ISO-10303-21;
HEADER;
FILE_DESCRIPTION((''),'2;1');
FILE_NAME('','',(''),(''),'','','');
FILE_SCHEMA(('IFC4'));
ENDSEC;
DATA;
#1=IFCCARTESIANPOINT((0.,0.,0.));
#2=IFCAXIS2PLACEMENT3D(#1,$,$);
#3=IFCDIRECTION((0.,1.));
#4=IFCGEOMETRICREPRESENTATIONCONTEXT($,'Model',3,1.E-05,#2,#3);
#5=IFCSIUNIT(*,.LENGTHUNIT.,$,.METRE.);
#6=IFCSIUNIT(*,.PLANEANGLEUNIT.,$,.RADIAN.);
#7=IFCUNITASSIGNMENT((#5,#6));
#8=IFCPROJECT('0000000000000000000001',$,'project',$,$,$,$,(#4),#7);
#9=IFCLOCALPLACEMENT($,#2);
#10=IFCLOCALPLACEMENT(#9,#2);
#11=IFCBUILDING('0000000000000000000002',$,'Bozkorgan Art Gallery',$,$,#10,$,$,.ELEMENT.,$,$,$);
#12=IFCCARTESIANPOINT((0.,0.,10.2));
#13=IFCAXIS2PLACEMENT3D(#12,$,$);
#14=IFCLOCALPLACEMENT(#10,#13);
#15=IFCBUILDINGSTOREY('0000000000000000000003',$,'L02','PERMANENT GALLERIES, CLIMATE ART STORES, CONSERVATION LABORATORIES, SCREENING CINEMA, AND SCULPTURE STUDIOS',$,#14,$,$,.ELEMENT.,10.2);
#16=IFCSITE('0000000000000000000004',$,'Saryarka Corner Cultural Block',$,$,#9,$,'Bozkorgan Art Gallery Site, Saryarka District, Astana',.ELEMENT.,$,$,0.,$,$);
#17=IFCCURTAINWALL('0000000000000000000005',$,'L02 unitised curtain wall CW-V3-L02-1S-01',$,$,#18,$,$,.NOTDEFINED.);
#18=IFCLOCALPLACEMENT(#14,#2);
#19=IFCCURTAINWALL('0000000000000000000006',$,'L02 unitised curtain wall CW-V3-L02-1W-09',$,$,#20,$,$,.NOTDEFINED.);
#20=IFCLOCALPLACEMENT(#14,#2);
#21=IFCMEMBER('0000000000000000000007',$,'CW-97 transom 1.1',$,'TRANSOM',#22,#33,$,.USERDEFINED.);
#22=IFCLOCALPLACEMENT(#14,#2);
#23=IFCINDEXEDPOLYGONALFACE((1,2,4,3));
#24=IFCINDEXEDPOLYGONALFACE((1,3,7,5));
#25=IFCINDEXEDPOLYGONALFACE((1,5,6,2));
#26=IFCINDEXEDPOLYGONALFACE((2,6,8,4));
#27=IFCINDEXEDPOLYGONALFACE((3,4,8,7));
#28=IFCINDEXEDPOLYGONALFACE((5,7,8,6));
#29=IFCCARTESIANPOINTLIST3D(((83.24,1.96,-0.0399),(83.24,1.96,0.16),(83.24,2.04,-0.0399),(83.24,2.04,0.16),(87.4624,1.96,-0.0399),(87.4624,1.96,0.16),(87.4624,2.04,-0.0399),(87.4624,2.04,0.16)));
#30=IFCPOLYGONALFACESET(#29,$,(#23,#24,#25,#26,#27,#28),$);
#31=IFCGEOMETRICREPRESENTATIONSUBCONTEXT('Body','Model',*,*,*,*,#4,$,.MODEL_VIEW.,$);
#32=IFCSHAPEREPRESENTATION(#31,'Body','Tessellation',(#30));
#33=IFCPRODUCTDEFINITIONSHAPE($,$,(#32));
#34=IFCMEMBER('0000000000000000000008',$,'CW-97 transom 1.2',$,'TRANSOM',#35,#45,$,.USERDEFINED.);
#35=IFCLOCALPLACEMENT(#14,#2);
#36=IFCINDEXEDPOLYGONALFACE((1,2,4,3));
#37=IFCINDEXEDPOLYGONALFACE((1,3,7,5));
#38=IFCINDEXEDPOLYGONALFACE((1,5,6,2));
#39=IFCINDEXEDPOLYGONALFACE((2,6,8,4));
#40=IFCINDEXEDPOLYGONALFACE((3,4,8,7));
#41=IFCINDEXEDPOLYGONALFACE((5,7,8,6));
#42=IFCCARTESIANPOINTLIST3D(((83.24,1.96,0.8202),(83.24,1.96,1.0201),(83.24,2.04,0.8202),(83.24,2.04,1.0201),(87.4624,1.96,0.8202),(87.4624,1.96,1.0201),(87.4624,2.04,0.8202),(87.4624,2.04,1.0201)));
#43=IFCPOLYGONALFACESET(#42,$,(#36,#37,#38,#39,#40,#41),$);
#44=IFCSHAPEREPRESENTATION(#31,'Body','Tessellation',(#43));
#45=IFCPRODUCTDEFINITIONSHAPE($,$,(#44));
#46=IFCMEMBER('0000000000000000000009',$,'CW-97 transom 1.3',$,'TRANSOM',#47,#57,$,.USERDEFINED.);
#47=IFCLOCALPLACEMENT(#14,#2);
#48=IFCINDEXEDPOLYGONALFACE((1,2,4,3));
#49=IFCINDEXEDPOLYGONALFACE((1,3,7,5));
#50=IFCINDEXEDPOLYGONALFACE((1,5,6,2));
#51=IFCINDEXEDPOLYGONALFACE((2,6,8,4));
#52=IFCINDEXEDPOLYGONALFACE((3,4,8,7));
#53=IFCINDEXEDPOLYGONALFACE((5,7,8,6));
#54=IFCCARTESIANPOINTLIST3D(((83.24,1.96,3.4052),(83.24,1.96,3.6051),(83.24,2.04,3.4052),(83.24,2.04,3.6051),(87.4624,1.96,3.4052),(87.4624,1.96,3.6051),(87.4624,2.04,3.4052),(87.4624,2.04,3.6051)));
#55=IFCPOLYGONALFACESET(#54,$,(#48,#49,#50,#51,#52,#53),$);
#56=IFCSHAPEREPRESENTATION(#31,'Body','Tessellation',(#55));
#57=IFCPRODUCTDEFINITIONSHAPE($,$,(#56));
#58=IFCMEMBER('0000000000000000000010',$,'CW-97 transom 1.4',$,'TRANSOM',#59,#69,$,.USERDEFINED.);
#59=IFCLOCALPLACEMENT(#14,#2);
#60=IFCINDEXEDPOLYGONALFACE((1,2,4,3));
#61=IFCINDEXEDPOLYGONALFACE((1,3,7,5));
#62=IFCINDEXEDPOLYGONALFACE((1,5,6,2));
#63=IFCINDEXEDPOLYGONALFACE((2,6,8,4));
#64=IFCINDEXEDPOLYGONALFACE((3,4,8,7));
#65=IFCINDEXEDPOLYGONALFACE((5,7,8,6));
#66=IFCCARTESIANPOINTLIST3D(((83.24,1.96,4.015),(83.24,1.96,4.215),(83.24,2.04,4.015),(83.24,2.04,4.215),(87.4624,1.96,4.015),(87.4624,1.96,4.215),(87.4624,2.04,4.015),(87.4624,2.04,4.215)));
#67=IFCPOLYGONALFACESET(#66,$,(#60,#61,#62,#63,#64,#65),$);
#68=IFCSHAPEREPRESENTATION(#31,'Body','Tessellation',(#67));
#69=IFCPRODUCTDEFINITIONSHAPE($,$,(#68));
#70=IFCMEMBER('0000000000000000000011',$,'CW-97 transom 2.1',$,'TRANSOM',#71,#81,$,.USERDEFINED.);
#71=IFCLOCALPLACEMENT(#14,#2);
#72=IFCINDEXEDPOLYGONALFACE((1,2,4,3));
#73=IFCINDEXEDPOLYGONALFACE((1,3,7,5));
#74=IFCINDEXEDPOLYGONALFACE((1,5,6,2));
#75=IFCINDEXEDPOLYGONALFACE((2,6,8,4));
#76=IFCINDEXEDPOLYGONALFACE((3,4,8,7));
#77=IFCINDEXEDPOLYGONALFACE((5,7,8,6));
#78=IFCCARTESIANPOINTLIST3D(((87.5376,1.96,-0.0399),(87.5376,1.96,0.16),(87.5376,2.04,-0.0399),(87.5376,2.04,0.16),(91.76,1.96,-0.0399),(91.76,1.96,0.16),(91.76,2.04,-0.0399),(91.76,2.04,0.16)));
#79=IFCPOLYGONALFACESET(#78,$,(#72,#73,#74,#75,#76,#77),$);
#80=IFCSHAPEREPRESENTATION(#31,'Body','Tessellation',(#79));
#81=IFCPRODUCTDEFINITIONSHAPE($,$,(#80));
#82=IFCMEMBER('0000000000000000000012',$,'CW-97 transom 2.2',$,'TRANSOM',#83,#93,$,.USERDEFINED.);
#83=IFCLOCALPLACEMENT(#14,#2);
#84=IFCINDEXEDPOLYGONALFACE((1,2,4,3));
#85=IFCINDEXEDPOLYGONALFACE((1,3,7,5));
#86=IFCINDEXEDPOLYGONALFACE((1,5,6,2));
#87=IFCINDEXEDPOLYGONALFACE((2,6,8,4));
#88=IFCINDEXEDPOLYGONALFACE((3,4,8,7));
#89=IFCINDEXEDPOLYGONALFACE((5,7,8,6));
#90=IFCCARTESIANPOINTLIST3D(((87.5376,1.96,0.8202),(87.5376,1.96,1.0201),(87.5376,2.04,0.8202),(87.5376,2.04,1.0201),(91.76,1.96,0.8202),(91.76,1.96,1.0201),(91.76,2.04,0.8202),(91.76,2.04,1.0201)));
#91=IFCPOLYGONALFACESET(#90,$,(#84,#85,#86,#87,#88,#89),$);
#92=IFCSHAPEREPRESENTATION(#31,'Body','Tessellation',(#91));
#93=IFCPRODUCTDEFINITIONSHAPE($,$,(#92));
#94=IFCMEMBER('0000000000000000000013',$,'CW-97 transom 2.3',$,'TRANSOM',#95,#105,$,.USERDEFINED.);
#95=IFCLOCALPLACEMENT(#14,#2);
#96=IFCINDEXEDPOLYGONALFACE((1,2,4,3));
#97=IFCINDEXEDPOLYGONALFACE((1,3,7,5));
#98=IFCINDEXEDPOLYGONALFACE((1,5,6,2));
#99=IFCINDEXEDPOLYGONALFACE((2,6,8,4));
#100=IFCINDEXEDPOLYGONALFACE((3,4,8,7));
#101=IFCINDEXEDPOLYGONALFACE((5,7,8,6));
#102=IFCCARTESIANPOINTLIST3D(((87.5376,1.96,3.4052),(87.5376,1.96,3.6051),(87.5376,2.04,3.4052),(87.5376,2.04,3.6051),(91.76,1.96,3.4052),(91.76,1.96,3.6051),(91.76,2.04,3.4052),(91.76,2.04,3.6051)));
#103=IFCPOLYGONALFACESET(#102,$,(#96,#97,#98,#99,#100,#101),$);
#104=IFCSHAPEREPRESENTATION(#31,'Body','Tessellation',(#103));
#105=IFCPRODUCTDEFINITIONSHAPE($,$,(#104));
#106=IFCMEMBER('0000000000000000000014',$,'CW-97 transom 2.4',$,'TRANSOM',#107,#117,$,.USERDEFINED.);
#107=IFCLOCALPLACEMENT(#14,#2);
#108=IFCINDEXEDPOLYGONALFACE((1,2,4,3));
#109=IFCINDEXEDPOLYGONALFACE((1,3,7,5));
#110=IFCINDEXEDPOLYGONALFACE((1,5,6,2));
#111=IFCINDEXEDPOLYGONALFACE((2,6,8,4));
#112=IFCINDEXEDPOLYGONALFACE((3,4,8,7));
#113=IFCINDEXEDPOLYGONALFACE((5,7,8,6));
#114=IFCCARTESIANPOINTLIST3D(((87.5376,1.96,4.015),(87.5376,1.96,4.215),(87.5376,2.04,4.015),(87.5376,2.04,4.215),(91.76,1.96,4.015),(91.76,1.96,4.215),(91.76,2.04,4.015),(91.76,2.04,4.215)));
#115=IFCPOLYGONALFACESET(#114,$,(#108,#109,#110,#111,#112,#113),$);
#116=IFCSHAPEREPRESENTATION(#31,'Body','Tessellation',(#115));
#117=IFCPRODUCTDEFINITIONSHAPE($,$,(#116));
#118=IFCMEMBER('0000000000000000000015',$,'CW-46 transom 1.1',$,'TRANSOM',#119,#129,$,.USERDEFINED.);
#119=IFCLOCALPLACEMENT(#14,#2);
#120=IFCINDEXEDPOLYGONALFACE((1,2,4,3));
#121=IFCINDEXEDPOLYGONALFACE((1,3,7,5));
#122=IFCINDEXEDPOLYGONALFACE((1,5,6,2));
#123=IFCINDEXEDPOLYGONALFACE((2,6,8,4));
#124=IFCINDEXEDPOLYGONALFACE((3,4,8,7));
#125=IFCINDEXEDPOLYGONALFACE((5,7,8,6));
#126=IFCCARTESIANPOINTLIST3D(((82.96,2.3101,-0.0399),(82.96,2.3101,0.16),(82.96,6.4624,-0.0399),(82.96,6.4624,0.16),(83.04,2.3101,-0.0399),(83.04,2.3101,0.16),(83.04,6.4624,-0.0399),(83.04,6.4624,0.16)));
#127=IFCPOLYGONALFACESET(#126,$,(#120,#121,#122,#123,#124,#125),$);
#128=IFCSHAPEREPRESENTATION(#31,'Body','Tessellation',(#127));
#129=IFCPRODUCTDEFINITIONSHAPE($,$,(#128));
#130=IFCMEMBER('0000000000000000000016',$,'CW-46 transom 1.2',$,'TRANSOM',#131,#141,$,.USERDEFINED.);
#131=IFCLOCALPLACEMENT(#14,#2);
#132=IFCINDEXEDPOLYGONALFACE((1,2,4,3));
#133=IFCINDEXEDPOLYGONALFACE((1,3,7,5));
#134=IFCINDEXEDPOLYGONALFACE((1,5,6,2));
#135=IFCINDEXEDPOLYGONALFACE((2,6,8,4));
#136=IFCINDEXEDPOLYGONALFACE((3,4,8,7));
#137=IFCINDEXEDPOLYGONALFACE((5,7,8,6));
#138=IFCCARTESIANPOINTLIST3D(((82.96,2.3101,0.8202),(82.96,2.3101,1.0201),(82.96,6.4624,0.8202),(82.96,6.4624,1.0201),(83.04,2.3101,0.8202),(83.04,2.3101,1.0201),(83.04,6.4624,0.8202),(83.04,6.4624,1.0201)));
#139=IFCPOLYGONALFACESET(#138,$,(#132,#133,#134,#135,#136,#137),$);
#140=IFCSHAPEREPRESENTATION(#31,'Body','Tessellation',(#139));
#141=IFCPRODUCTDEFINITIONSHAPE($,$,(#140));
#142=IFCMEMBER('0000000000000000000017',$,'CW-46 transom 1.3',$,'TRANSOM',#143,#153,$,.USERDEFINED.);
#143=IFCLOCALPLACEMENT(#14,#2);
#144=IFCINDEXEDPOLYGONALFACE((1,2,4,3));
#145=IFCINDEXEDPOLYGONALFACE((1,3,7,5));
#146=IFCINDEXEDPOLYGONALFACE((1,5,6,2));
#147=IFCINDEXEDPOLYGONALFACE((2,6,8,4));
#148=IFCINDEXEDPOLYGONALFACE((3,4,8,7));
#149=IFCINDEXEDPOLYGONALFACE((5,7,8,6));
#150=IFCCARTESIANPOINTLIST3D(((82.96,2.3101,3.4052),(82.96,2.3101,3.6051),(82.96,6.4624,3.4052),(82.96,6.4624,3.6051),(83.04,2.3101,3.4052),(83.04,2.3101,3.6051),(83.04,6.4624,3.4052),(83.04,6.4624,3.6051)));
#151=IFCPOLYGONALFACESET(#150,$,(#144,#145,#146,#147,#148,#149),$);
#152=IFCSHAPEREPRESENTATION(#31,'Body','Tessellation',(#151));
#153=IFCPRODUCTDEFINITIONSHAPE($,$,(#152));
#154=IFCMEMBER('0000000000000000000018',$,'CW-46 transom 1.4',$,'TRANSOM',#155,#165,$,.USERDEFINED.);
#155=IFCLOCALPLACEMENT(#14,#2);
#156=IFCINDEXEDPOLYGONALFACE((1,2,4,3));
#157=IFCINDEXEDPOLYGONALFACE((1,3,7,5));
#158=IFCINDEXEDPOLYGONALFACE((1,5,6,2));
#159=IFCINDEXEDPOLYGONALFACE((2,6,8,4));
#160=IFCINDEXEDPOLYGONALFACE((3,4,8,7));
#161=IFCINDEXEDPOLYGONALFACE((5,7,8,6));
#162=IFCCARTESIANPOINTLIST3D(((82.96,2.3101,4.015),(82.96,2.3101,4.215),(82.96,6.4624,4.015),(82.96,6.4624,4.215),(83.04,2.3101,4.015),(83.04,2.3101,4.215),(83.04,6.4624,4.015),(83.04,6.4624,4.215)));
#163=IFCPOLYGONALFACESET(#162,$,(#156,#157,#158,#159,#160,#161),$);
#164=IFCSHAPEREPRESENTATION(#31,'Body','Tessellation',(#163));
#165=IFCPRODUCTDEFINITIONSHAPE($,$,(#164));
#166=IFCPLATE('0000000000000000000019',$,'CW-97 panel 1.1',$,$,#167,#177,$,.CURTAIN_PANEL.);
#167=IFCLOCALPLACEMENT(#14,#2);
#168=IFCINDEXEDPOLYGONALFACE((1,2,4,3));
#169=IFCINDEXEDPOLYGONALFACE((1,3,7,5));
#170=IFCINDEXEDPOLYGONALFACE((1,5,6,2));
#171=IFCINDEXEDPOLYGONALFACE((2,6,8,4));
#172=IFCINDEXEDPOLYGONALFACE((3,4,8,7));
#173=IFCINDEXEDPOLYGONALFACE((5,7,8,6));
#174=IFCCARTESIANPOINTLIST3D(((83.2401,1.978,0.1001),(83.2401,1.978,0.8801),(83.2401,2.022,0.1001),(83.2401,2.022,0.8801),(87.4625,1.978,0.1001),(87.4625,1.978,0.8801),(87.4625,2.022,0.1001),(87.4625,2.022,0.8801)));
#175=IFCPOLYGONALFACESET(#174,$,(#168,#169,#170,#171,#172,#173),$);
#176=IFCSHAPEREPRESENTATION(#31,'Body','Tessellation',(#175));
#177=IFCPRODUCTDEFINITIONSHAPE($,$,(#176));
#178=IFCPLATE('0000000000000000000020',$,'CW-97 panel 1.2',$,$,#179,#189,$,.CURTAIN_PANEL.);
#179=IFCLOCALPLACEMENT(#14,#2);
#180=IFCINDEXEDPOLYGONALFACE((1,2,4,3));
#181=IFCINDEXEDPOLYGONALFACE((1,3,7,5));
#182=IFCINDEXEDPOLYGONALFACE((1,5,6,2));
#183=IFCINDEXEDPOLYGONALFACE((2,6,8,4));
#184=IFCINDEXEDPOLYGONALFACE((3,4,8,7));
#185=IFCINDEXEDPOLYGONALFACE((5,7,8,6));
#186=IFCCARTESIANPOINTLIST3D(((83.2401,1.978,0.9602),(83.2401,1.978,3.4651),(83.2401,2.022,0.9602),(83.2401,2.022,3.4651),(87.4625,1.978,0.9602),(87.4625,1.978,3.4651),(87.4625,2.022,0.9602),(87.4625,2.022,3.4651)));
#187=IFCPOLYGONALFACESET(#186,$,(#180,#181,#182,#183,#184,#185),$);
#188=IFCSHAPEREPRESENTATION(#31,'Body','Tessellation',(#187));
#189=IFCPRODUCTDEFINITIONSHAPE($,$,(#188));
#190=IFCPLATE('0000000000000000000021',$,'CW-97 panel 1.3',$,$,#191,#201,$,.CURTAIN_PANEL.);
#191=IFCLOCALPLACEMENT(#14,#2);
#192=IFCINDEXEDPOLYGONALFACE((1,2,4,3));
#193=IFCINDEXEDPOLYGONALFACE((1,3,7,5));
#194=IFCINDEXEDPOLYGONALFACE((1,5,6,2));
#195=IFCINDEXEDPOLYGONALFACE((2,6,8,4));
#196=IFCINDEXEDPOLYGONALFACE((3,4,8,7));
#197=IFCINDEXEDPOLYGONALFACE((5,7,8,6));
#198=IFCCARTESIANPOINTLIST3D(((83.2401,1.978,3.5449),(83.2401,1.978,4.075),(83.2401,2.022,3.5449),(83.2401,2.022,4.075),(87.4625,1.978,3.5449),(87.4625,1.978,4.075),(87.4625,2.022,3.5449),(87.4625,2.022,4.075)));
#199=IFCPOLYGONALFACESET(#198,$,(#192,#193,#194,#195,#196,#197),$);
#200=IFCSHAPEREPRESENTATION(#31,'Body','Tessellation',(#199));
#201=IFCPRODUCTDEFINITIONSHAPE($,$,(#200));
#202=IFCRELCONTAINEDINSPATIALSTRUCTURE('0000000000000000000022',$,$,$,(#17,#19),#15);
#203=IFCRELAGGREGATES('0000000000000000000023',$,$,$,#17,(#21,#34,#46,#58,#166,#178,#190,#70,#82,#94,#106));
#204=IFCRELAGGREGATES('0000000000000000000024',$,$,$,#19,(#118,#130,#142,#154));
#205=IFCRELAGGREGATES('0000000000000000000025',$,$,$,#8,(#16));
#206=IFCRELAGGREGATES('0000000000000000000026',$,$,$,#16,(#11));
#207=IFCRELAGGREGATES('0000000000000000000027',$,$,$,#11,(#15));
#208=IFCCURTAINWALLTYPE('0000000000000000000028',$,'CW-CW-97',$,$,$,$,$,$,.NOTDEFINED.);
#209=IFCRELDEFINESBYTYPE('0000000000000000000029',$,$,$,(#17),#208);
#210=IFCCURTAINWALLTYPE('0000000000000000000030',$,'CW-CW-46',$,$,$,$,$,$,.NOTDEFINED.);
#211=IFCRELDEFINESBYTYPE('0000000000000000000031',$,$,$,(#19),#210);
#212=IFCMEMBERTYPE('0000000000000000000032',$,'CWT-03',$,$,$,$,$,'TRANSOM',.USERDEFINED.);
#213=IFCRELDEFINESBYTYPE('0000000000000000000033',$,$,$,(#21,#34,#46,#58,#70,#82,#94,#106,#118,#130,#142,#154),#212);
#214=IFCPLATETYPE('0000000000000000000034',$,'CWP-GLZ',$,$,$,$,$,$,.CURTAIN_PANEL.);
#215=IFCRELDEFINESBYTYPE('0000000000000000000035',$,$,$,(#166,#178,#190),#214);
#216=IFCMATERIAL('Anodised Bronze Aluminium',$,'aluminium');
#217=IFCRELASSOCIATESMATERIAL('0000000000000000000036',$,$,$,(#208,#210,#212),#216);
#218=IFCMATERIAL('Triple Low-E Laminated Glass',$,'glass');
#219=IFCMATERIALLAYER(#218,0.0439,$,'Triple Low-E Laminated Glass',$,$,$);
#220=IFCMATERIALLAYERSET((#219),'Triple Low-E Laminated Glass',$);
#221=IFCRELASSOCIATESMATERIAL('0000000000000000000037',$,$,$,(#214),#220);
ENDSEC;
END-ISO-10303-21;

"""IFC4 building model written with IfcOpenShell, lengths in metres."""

from ifc_helpers import new_model, si_unit, direction, frame, origin, origin_2d, place, context, subcontext, project, spatial, rectangle, extrude, material, layer, layer_set, material_profile, profile_set, type_object, element, aggregate, save


model = new_model("IFC4")

# Units and contexts
model_context = context("Model", 3, precision=1e-05, world=origin(), true_north=direction((0.0, 1.0)))
body_context = subcontext(model_context, "Body", "Model", "MODEL_VIEW")
ifc_project = project(units=[si_unit("LENGTHUNIT", "METRE"), si_unit("PLANEANGLEUNIT", "RADIAN")], contexts=[model_context])

# Site, building, storey
site_placement = place(None, origin())
site = spatial("IfcSite", under=ifc_project, at=site_placement, Name="Saryarka Corner Cultural Block", LongName="Bozkorgan Art Gallery Site, Saryarka District, Astana", CompositionType="ELEMENT", RefElevation=0.0)
building_placement = place(site_placement, origin())
building = spatial("IfcBuilding", under=site, at=building_placement, Name="Bozkorgan Art Gallery", CompositionType="ELEMENT")
storey_placement = place(building_placement, frame((0.0, 0.0, 10.2)))
storey = spatial("IfcBuildingStorey", under=building, at=storey_placement, Name="L02", Description="PERMANENT GALLERIES, CLIMATE ART STORES, CONSERVATION LABORATORIES, SCREENING CINEMA, AND SCULPTURE STUDIOS", CompositionType="ELEMENT", Elevation=10.2)

# Curtain wall
ifc_material_1 = material(Name="Anodised Bronze Aluminium", Category="aluminium")
curtain_wall_type_1 = type_object("IfcCurtainWallType", Name="CW-CW-97", PredefinedType="NOTDEFINED", material=ifc_material_1)
curtain_wall_1_placement = place(storey_placement, origin())
curtain_wall_1 = element("IfcCurtainWall", 1, at=curtain_wall_1_placement, inside=storey, type_object=curtain_wall_type_1, Name="L02 unitised curtain wall CW-V3-L02-1S-01", PredefinedType="NOTDEFINED")

# Curtain wall
curtain_wall_type_2 = type_object("IfcCurtainWallType", Name="CW-CW-46", PredefinedType="NOTDEFINED", material=ifc_material_1)
curtain_wall_2_placement = place(storey_placement, origin())
curtain_wall_2 = element("IfcCurtainWall", 2, at=curtain_wall_2_placement, inside=storey, type_object=curtain_wall_type_2, Name="L02 unitised curtain wall CW-V3-L02-1W-09", PredefinedType="NOTDEFINED")

# Members
ifc_material_profile_1 = material_profile(ifc_material_1, rectangle(XDim=0.0801, YDim=0.2, at=origin_2d()), Name="ALU TRANSOM 80x200")
ifc_profile_set_1 = profile_set([ifc_material_profile_1], Name="Anodised Bronze Aluminium")
member_type_1 = type_object("IfcMemberType", Name="CWT-03", ElementType="TRANSOM", PredefinedType="USERDEFINED", material=ifc_profile_set_1)
member_1_placement = place(storey_placement, frame((83.24, 2.0, 0.0601), z_axis=(1.0, 0.0, 0.0), x_axis=(0.0, 1.0, 0.0)))
member_1 = element("IfcMember", 3, at=member_1_placement, type_object=member_type_1, Name="CW-97 transom 1.1", ObjectType="TRANSOM", PredefinedType="USERDEFINED", context=body_context, shape_type="SweptSolid", body=[
    extrude(rectangle(XDim=0.0801, YDim=0.2, at=origin_2d()), origin(), (0.0, 0.0, 1.0), 4.2224),
])
member_2_placement = place(storey_placement, frame((83.24, 2.0, 0.9202), z_axis=(1.0, 0.0, 0.0), x_axis=(0.0, 1.0, 0.0)))
member_2 = element("IfcMember", 4, at=member_2_placement, type_object=member_type_1, Name="CW-97 transom 1.2", ObjectType="TRANSOM", PredefinedType="USERDEFINED", context=body_context, shape_type="SweptSolid", body=[
    extrude(rectangle(XDim=0.0801, YDim=0.2, at=origin_2d()), origin(), (0.0, 0.0, 1.0), 4.2224),
])
member_3_placement = place(storey_placement, frame((83.24, 2.0, 3.5051), z_axis=(1.0, 0.0, 0.0), x_axis=(0.0, 1.0, 0.0)))
member_3 = element("IfcMember", 5, at=member_3_placement, type_object=member_type_1, Name="CW-97 transom 1.3", ObjectType="TRANSOM", PredefinedType="USERDEFINED", context=body_context, shape_type="SweptSolid", body=[
    extrude(rectangle(XDim=0.0801, YDim=0.2, at=origin_2d()), origin(), (0.0, 0.0, 1.0), 4.2224),
])
member_4_placement = place(storey_placement, frame((83.24, 2.0, 4.115), z_axis=(1.0, 0.0, 0.0), x_axis=(0.0, 1.0, 0.0)))
member_4 = element("IfcMember", 6, at=member_4_placement, type_object=member_type_1, Name="CW-97 transom 1.4", ObjectType="TRANSOM", PredefinedType="USERDEFINED", context=body_context, shape_type="SweptSolid", body=[
    extrude(rectangle(XDim=0.0801, YDim=0.2, at=origin_2d()), origin(), (0.0, 0.0, 1.0), 4.2224),
])
member_5_placement = place(storey_placement, frame((87.5376, 2.0, 0.0601), z_axis=(1.0, 0.0, 0.0), x_axis=(0.0, 1.0, 0.0)))
member_5 = element("IfcMember", 7, at=member_5_placement, type_object=member_type_1, Name="CW-97 transom 2.1", ObjectType="TRANSOM", PredefinedType="USERDEFINED", context=body_context, shape_type="SweptSolid", body=[
    extrude(rectangle(XDim=0.0801, YDim=0.2, at=origin_2d()), origin(), (0.0, 0.0, 1.0), 4.2224),
])
member_6_placement = place(storey_placement, frame((87.5376, 2.0, 0.9202), z_axis=(1.0, 0.0, 0.0), x_axis=(0.0, 1.0, 0.0)))
member_6 = element("IfcMember", 8, at=member_6_placement, type_object=member_type_1, Name="CW-97 transom 2.2", ObjectType="TRANSOM", PredefinedType="USERDEFINED", context=body_context, shape_type="SweptSolid", body=[
    extrude(rectangle(XDim=0.0801, YDim=0.2, at=origin_2d()), origin(), (0.0, 0.0, 1.0), 4.2224),
])
member_7_placement = place(storey_placement, frame((87.5376, 2.0, 3.5051), z_axis=(1.0, 0.0, 0.0), x_axis=(0.0, 1.0, 0.0)))
member_7 = element("IfcMember", 9, at=member_7_placement, type_object=member_type_1, Name="CW-97 transom 2.3", ObjectType="TRANSOM", PredefinedType="USERDEFINED", context=body_context, shape_type="SweptSolid", body=[
    extrude(rectangle(XDim=0.0801, YDim=0.2, at=origin_2d()), origin(), (0.0, 0.0, 1.0), 4.2224),
])
member_8_placement = place(storey_placement, frame((87.5376, 2.0, 4.115), z_axis=(1.0, 0.0, 0.0), x_axis=(0.0, 1.0, 0.0)))
member_8 = element("IfcMember", 10, at=member_8_placement, type_object=member_type_1, Name="CW-97 transom 2.4", ObjectType="TRANSOM", PredefinedType="USERDEFINED", context=body_context, shape_type="SweptSolid", body=[
    extrude(rectangle(XDim=0.0801, YDim=0.2, at=origin_2d()), origin(), (0.0, 0.0, 1.0), 4.2224),
])
member_9_placement = place(storey_placement, frame((83.0, 2.3101, 0.0601), z_axis=(0.0, 1.0, 0.0), x_axis=(-1.0, 0.0, 0.0)))
member_9 = element("IfcMember", 11, at=member_9_placement, type_object=member_type_1, Name="CW-46 transom 1.1", ObjectType="TRANSOM", PredefinedType="USERDEFINED", context=body_context, shape_type="SweptSolid", body=[
    extrude(rectangle(XDim=0.0801, YDim=0.2, at=origin_2d()), origin(), (0.0, 0.0, 1.0), 4.1523),
])
member_10_placement = place(storey_placement, frame((83.0, 2.3101, 0.9202), z_axis=(0.0, 1.0, 0.0), x_axis=(-1.0, 0.0, 0.0)))
member_10 = element("IfcMember", 12, at=member_10_placement, type_object=member_type_1, Name="CW-46 transom 1.2", ObjectType="TRANSOM", PredefinedType="USERDEFINED", context=body_context, shape_type="SweptSolid", body=[
    extrude(rectangle(XDim=0.0801, YDim=0.2, at=origin_2d()), origin(), (0.0, 0.0, 1.0), 4.1523),
])
member_11_placement = place(storey_placement, frame((83.0, 2.3101, 3.5051), z_axis=(0.0, 1.0, 0.0), x_axis=(-1.0, 0.0, 0.0)))
member_11 = element("IfcMember", 13, at=member_11_placement, type_object=member_type_1, Name="CW-46 transom 1.3", ObjectType="TRANSOM", PredefinedType="USERDEFINED", context=body_context, shape_type="SweptSolid", body=[
    extrude(rectangle(XDim=0.0801, YDim=0.2, at=origin_2d()), origin(), (0.0, 0.0, 1.0), 4.1523),
])
member_12_placement = place(storey_placement, frame((83.0, 2.3101, 4.115), z_axis=(0.0, 1.0, 0.0), x_axis=(-1.0, 0.0, 0.0)))
member_12 = element("IfcMember", 14, at=member_12_placement, type_object=member_type_1, Name="CW-46 transom 1.4", ObjectType="TRANSOM", PredefinedType="USERDEFINED", context=body_context, shape_type="SweptSolid", body=[
    extrude(rectangle(XDim=0.0801, YDim=0.2, at=origin_2d()), origin(), (0.0, 0.0, 1.0), 4.1523),
])

# Plates
ifc_material_2 = material(Name="Triple Low-E Laminated Glass", Category="glass")
ifc_layer_1 = layer(ifc_material_2, 0.0439, Name="Triple Low-E Laminated Glass")
ifc_layer_set_1 = layer_set([ifc_layer_1], Name="Triple Low-E Laminated Glass")
plate_type_1 = type_object("IfcPlateType", Name="CWP-GLZ", PredefinedType="CURTAIN_PANEL", material=ifc_layer_set_1)
plate_1_placement = place(storey_placement, frame((85.3513, 2.0, 0.1001), z_axis=(0.0, 0.0, 1.0), x_axis=(1.0, 0.0, 0.0)))
plate_1 = element("IfcPlate", 15, at=plate_1_placement, type_object=plate_type_1, Name="CW-97 panel 1.1", PredefinedType="CURTAIN_PANEL", context=body_context, shape_type="SweptSolid", body=[
    extrude(rectangle(XDim=4.2224, YDim=0.0439, at=origin_2d()), origin(), (0.0, 0.0, 1.0), 0.78),
])
plate_2_placement = place(storey_placement, frame((85.3513, 2.0, 0.9602), z_axis=(0.0, 0.0, 1.0), x_axis=(1.0, 0.0, 0.0)))
plate_2 = element("IfcPlate", 16, at=plate_2_placement, type_object=plate_type_1, Name="CW-97 panel 1.2", PredefinedType="CURTAIN_PANEL", context=body_context, shape_type="SweptSolid", body=[
    extrude(rectangle(XDim=4.2224, YDim=0.0439, at=origin_2d()), origin(), (0.0, 0.0, 1.0), 2.5049),
])
plate_3_placement = place(storey_placement, frame((85.3513, 2.0, 3.5449), z_axis=(0.0, 0.0, 1.0), x_axis=(1.0, 0.0, 0.0)))
plate_3 = element("IfcPlate", 17, at=plate_3_placement, type_object=plate_type_1, Name="CW-97 panel 1.3", PredefinedType="CURTAIN_PANEL", context=body_context, shape_type="SweptSolid", body=[
    extrude(rectangle(XDim=4.2224, YDim=0.0439, at=origin_2d()), origin(), (0.0, 0.0, 1.0), 0.53),
])
aggregate(curtain_wall_1, [member_1, member_2, member_3, member_4, plate_1, plate_2, plate_3, member_5, member_6, member_7, member_8])
aggregate(curtain_wall_2, [member_9, member_10, member_11, member_12])

save(model, "model.ifc")
